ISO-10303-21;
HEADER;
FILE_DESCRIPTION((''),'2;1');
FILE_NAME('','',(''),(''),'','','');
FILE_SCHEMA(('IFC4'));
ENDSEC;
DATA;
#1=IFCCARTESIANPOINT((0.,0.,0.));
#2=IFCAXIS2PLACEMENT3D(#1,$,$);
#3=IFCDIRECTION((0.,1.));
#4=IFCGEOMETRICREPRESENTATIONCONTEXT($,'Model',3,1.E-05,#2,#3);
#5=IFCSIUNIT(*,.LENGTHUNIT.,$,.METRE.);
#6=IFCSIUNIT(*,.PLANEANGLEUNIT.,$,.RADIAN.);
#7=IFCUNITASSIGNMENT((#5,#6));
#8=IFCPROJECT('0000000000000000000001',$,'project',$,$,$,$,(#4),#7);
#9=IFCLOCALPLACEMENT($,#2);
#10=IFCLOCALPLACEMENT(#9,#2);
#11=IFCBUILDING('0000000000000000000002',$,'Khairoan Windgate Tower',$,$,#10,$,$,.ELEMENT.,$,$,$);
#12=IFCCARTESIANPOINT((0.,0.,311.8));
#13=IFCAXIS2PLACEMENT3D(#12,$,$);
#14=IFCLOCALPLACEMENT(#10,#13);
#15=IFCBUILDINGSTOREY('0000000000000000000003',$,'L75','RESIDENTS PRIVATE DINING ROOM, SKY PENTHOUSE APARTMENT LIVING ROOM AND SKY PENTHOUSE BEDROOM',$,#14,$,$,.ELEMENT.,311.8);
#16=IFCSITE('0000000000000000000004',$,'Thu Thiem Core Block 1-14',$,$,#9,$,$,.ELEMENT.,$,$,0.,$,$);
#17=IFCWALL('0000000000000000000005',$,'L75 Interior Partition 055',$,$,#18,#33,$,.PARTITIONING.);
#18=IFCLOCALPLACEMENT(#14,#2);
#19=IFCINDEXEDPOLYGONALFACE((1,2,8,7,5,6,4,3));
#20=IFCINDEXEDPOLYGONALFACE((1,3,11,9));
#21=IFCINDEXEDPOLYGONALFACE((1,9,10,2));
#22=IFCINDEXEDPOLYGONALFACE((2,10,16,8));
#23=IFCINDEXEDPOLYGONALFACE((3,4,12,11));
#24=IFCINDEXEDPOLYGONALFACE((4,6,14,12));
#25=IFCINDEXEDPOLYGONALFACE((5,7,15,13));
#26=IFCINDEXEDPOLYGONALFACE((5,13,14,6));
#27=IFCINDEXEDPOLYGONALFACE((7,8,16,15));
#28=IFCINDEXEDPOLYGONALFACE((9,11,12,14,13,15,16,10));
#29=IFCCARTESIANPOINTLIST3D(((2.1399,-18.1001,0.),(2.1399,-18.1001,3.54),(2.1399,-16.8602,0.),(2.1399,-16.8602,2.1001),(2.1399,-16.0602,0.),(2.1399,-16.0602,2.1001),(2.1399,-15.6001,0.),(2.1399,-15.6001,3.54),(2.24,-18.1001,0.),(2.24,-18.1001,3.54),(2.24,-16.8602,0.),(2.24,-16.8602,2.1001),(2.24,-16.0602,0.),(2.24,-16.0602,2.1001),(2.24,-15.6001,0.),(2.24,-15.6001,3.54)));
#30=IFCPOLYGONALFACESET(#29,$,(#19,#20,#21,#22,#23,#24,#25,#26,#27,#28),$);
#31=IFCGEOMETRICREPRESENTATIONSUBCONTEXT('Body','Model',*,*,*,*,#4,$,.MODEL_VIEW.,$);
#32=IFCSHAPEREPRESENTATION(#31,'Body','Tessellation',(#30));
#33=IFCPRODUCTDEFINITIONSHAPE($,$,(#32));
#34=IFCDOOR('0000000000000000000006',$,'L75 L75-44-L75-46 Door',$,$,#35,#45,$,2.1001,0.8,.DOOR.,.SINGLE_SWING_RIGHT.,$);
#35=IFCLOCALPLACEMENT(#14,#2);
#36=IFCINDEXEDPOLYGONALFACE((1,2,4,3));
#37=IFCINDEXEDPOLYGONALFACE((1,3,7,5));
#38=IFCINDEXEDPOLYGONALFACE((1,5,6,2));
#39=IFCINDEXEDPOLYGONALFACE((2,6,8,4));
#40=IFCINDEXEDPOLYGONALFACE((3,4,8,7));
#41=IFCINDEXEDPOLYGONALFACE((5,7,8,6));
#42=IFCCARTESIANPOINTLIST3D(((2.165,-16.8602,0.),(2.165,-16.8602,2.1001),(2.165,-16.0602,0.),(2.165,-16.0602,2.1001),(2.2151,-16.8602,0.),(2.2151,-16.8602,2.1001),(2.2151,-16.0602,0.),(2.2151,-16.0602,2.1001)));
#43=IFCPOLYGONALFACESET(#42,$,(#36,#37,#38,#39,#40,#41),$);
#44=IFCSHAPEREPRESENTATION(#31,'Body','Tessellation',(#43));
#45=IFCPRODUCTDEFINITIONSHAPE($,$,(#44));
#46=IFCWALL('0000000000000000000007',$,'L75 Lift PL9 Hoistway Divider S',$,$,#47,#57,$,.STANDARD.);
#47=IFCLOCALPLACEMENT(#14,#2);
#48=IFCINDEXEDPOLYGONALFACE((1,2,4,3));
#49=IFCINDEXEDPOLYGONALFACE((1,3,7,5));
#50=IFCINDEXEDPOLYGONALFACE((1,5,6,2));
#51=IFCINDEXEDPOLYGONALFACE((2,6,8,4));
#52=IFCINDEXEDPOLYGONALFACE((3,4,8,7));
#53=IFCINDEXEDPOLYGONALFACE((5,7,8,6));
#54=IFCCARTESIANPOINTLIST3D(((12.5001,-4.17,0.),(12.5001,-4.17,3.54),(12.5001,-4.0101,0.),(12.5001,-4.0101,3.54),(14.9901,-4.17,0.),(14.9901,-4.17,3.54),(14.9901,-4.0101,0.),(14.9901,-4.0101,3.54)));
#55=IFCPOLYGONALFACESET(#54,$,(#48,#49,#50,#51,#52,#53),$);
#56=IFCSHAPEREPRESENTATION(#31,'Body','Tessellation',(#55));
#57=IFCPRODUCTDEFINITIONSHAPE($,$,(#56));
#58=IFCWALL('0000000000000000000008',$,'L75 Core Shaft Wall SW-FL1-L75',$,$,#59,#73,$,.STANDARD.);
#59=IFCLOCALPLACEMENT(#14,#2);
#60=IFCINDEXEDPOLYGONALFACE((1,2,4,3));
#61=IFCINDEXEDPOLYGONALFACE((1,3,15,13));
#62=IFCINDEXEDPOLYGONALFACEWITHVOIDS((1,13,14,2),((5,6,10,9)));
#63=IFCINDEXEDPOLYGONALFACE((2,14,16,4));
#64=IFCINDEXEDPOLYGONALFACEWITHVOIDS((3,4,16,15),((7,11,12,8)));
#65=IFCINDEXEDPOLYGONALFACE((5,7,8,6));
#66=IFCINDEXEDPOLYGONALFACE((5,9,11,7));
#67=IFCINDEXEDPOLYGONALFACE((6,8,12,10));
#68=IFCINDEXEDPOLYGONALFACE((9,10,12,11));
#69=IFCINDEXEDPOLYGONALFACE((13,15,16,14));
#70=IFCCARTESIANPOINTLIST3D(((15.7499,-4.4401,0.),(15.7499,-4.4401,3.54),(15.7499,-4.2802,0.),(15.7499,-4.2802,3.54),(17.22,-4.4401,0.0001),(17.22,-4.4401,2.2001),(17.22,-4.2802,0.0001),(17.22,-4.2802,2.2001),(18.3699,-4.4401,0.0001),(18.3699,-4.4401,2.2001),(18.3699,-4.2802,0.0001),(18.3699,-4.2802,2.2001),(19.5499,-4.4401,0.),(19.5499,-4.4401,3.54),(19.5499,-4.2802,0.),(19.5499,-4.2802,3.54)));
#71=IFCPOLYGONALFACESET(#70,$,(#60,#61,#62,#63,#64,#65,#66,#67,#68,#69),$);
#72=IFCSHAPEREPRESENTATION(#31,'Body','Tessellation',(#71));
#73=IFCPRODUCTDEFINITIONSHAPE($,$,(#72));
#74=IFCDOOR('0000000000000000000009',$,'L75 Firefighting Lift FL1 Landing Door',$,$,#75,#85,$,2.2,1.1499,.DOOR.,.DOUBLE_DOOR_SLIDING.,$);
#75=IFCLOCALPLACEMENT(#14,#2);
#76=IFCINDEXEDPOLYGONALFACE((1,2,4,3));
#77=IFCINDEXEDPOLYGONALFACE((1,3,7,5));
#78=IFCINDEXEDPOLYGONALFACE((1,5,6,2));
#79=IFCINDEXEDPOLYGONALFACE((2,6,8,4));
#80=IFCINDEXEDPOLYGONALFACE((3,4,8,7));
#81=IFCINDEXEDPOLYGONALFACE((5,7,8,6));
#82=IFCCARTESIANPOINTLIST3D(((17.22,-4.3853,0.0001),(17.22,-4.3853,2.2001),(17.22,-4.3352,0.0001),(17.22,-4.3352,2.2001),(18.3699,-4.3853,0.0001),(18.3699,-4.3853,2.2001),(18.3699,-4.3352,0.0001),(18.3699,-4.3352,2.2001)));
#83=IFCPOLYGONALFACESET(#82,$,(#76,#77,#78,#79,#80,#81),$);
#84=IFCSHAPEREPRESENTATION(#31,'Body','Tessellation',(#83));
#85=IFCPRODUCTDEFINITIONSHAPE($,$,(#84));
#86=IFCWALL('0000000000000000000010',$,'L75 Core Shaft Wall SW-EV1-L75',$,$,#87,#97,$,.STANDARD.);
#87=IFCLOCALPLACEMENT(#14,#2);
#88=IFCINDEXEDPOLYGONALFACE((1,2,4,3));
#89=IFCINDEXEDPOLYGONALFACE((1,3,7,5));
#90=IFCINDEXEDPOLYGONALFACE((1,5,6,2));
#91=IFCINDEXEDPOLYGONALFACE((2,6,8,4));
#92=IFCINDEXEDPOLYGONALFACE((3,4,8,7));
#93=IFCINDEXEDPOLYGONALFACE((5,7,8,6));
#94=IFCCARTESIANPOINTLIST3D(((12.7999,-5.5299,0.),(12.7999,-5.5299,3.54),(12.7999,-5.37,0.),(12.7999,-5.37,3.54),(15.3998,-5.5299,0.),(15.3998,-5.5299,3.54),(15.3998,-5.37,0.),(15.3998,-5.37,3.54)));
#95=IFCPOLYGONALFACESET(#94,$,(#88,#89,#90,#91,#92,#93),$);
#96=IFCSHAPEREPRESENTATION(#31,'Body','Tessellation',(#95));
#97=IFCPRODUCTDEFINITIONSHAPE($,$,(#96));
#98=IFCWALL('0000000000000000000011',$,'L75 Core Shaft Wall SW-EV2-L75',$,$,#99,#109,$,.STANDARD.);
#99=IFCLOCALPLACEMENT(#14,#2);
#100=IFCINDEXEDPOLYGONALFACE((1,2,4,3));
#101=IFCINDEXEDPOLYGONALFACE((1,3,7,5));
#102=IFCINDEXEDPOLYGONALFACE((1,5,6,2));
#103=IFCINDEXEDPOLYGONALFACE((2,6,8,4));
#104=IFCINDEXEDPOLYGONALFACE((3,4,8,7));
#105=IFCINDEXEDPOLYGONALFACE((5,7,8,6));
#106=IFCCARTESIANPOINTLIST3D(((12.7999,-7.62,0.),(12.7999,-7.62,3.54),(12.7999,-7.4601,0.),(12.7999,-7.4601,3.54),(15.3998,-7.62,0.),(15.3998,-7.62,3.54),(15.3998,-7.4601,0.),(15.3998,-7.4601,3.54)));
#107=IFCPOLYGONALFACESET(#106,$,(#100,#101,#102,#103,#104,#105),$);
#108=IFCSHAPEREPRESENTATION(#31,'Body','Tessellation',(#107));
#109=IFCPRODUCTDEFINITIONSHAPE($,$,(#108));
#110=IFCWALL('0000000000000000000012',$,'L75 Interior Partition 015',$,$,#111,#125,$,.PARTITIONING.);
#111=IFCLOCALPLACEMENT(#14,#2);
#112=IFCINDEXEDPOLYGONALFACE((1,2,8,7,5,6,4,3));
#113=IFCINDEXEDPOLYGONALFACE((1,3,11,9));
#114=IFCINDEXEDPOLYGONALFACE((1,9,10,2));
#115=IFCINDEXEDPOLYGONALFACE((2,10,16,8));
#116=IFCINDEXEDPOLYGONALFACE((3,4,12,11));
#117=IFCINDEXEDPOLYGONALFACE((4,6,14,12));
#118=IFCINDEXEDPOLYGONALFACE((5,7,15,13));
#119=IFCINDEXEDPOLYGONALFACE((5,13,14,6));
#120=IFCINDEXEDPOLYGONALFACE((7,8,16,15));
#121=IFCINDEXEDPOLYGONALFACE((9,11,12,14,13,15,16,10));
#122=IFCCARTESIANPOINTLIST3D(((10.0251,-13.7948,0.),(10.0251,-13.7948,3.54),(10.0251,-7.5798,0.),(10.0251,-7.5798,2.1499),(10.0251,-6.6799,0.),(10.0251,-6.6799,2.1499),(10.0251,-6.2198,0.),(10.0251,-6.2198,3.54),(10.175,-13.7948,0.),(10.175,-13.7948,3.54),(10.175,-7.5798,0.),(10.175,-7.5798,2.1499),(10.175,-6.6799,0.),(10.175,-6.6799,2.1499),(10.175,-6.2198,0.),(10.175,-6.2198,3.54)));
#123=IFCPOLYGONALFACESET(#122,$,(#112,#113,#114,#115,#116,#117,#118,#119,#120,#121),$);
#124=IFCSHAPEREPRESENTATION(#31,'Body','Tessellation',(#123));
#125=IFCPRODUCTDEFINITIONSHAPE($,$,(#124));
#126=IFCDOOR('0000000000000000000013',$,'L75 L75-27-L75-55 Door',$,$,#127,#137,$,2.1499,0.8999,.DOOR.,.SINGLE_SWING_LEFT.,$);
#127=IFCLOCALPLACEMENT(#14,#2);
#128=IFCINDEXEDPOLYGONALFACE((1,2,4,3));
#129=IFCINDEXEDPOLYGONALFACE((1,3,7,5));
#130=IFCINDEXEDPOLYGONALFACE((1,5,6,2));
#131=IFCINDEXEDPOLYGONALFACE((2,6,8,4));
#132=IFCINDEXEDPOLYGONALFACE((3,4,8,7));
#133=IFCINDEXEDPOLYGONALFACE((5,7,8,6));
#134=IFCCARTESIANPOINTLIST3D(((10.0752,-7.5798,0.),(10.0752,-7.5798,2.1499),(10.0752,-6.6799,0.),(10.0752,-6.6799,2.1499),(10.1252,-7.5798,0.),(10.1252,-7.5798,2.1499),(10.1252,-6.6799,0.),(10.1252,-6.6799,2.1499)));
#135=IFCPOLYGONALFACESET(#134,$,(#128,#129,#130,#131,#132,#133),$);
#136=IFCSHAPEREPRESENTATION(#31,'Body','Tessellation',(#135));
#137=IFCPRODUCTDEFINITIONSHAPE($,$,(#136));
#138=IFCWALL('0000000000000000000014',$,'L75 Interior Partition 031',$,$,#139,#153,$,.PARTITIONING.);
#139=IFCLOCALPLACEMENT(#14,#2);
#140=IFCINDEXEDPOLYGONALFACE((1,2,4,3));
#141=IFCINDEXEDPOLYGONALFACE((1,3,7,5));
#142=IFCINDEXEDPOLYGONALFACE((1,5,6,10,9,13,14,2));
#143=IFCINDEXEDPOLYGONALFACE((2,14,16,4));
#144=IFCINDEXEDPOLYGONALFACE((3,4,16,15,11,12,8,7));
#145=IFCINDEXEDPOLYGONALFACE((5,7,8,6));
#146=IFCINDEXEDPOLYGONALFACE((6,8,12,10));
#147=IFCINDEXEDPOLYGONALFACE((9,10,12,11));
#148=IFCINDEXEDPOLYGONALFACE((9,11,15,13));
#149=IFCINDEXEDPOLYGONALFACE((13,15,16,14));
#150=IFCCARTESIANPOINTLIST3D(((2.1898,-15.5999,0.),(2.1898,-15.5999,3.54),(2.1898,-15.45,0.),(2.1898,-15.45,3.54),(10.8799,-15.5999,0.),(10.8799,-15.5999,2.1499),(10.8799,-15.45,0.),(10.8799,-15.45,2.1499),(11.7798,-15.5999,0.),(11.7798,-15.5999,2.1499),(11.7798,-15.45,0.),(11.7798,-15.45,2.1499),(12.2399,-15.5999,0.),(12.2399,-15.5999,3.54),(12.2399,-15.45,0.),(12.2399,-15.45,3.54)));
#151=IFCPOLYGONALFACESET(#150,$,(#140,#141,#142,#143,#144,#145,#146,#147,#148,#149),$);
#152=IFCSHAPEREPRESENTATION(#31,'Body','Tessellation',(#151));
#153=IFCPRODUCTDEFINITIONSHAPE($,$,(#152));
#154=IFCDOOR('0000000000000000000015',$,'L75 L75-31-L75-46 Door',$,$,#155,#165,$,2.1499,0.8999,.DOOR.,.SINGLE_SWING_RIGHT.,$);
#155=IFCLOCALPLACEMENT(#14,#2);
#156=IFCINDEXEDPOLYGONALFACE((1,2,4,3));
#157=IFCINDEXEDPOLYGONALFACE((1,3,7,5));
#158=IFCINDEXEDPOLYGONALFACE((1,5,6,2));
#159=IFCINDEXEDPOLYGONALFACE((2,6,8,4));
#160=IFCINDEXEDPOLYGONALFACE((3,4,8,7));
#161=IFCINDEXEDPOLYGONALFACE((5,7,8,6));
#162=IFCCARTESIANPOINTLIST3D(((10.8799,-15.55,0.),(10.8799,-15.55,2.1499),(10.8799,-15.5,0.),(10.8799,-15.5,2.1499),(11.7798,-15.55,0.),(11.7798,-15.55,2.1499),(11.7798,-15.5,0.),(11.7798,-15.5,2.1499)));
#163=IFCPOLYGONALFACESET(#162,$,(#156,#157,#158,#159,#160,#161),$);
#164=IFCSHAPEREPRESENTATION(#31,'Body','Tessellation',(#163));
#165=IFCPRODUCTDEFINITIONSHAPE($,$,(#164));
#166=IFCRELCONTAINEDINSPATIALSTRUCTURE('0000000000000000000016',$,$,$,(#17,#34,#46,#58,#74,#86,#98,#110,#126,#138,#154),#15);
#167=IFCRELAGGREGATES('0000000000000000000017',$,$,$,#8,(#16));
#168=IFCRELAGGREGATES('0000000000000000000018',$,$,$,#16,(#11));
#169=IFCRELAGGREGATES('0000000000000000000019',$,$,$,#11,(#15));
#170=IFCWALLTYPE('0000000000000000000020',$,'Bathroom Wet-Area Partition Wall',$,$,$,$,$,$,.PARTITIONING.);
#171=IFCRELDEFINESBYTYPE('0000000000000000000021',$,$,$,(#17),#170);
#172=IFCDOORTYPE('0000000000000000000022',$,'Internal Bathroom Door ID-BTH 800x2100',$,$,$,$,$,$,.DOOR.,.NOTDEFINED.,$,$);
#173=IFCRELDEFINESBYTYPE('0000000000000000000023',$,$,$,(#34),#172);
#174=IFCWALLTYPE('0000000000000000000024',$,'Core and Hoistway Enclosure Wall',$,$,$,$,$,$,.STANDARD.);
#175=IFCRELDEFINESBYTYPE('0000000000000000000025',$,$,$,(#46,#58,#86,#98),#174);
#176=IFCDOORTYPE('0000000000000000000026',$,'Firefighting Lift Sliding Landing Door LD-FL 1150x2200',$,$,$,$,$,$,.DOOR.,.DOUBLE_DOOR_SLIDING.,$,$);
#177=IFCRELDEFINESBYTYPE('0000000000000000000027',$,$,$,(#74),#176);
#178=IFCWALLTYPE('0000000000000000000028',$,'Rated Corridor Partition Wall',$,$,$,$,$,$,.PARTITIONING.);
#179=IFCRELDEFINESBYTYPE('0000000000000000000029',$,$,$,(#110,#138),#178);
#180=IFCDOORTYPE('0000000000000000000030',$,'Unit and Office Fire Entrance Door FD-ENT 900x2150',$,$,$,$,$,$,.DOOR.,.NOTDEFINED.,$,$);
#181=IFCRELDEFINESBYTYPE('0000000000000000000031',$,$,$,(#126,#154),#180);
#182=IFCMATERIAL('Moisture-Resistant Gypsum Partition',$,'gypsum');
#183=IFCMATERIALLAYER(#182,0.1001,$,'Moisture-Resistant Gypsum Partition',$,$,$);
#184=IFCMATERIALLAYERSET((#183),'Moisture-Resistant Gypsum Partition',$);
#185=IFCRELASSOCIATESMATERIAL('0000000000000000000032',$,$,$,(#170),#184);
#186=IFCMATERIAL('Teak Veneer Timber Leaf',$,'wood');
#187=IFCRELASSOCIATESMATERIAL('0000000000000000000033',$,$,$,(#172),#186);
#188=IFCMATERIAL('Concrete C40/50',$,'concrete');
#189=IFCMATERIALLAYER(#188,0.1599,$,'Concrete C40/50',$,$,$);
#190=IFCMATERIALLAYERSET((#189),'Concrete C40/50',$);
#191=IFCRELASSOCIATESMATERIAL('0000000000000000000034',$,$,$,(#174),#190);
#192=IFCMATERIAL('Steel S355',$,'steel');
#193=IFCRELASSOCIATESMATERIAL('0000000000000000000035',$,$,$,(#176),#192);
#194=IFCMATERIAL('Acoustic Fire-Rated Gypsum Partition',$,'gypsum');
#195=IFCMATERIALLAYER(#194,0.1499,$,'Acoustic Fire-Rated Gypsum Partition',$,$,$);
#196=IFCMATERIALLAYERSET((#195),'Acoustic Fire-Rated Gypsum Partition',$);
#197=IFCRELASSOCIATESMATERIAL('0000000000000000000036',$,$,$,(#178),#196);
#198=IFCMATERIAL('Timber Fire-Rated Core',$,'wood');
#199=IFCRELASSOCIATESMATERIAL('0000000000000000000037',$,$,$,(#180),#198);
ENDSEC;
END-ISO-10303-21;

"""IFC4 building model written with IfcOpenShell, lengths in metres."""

from ifc_helpers import new_model, si_unit, direction, frame, frame_2d, origin, place, context, subcontext, project, spatial, rectangle, extrude, material, layer, layer_set, type_object, element, fill, save


model = new_model("IFC4")

# Units and contexts
model_context = context("Model", 3, precision=1e-05, world=origin(), true_north=direction((0.0, 1.0)))
body_context = subcontext(model_context, "Body", "Model", "MODEL_VIEW")
ifc_project = project(units=[si_unit("LENGTHUNIT", "METRE"), si_unit("PLANEANGLEUNIT", "RADIAN")], contexts=[model_context])

# Site, building, storey
site_placement = place(None, origin())
site = spatial("IfcSite", under=ifc_project, at=site_placement, Name="Thu Thiem Core Block 1-14", CompositionType="ELEMENT", RefElevation=0.0)
building_placement = place(site_placement, origin())
building = spatial("IfcBuilding", under=site, at=building_placement, Name="Khairoan Windgate Tower", CompositionType="ELEMENT")
storey_placement = place(building_placement, frame((0.0, 0.0, 311.8)))
storey = spatial("IfcBuildingStorey", under=building, at=storey_placement, Name="L75", Description="RESIDENTS PRIVATE DINING ROOM, SKY PENTHOUSE APARTMENT LIVING ROOM AND SKY PENTHOUSE BEDROOM", CompositionType="ELEMENT", Elevation=311.8)

# Wall, opening, door
ifc_material_1 = material(Name="Moisture-Resistant Gypsum Partition", Category="gypsum")
ifc_layer_1 = layer(ifc_material_1, 0.1001, Name="Moisture-Resistant Gypsum Partition")
ifc_layer_set_1 = layer_set([ifc_layer_1], Name="Moisture-Resistant Gypsum Partition")
wall_type_1 = type_object("IfcWallType", Name="Bathroom Wet-Area Partition Wall", PredefinedType="PARTITIONING", material=ifc_layer_set_1)
wall_1_placement = place(storey_placement, frame((2.1899, -18.1001, 0.0), z_axis=(0.0, 0.0, 1.0), x_axis=(0.0, 1.0, 0.0)))
wall_1 = element("IfcWall", 1, at=wall_1_placement, inside=storey, type_object=wall_type_1, Name="L75 Interior Partition 055", PredefinedType="PARTITIONING", context=body_context, shape_type="SweptSolid", body=[
    extrude(rectangle(XDim=2.5, YDim=0.1001, at=frame_2d((1.25, 0.0))), origin(), (0.0, 0.0, 1.0), 3.54),
])
opening_1_placement = place(wall_1_placement, frame((1.24, 0.0, 0.0)))
opening_1 = element("IfcOpeningElement", 2, at=opening_1_placement, cuts=wall_1, PredefinedType="OPENING", context=body_context, shape_type="SweptSolid", body=[
    extrude(rectangle(XDim=0.8, YDim=2.1001, at=frame_2d((0.3999, 1.05))), frame((0.0, 0.0601, 0.0), z_axis=(0.0, -1.0, 0.0), x_axis=(1.0, 0.0, 0.0)), (0.0, 0.0, 1.0), 0.1201),
])
ifc_material_2 = material(Name="Teak Veneer Timber Leaf", Category="wood")
door_type_1 = type_object("IfcDoorType", Name="Internal Bathroom Door ID-BTH 800x2100", OperationType="NOTDEFINED", PredefinedType="DOOR", material=ifc_material_2)
door_1_placement = place(opening_1_placement, origin())
door_1 = element("IfcDoor", 3, at=door_1_placement, inside=storey, type_object=door_type_1, Name="L75 L75-44-L75-46 Door", OperationType="SINGLE_SWING_RIGHT", OverallHeight=2.1001, OverallWidth=0.8, PredefinedType="DOOR", context=body_context, shape_type="SweptSolid", body=[
    extrude(rectangle(XDim=0.8, YDim=2.1001, at=frame_2d((0.3999, 1.05))), frame((0.0, 0.0249, 0.0), z_axis=(0.0, -1.0, 0.0), x_axis=(1.0, 0.0, 0.0)), (0.0, 0.0, 1.0), 0.05),
])
fill(opening_1, door_1)

# Wall
ifc_material_3 = material(Name="Concrete C40/50", Category="concrete")
ifc_layer_2 = layer(ifc_material_3, 0.1599, Name="Concrete C40/50")
ifc_layer_set_2 = layer_set([ifc_layer_2], Name="Concrete C40/50")
wall_type_2 = type_object("IfcWallType", Name="Core and Hoistway Enclosure Wall", PredefinedType="STANDARD", material=ifc_layer_set_2)
wall_2_placement = place(storey_placement, frame((12.5, -4.0901, 0.0), z_axis=(0.0, 0.0, 1.0), x_axis=(1.0, 0.0, 0.0)))
element("IfcWall", 4, at=wall_2_placement, inside=storey, type_object=wall_type_2, Name="L75 Lift PL9 Hoistway Divider S", PredefinedType="STANDARD", context=body_context, shape_type="SweptSolid", body=[
    extrude(rectangle(XDim=2.49, YDim=0.1599, at=frame_2d((1.2451, 0.0))), origin(), (0.0, 0.0, 1.0), 3.54),
])

# Wall, opening, door
wall_3_placement = place(storey_placement, frame((15.75, -4.3601, 0.0), z_axis=(0.0, 0.0, 1.0), x_axis=(1.0, 0.0, 0.0)))
wall_3 = element("IfcWall", 5, at=wall_3_placement, inside=storey, type_object=wall_type_2, Name="L75 Core Shaft Wall SW-FL1-L75", PredefinedType="STANDARD", context=body_context, shape_type="SweptSolid", body=[
    extrude(rectangle(XDim=3.8, YDim=0.1599, at=frame_2d((1.8999, 0.0))), origin(), (0.0, 0.0, 1.0), 3.54),
])
opening_2_placement = place(wall_3_placement, frame((1.47, 0.0, 0.0)))
opening_2 = element("IfcOpeningElement", 6, at=opening_2_placement, cuts=wall_3, PredefinedType="OPENING", context=body_context, shape_type="SweptSolid", body=[
    extrude(rectangle(XDim=1.1499, YDim=2.2, at=frame_2d((0.575, 1.1001))), frame((0.0, 0.0898, 0.0), z_axis=(0.0, -1.0, 0.0), x_axis=(1.0, 0.0, 0.0)), (0.0, 0.0, 1.0), 0.1799),
])
ifc_material_4 = material(Name="Steel S355", Category="steel")
door_type_2 = type_object("IfcDoorType", Name="Firefighting Lift Sliding Landing Door LD-FL 1150x2200", OperationType="DOUBLE_DOOR_SLIDING", PredefinedType="DOOR", material=ifc_material_4)
door_2_placement = place(opening_2_placement, origin())
door_2 = element("IfcDoor", 7, at=door_2_placement, inside=storey, type_object=door_type_2, Name="L75 Firefighting Lift FL1 Landing Door", OperationType="DOUBLE_DOOR_SLIDING", OverallHeight=2.2, OverallWidth=1.1499, PredefinedType="DOOR", context=body_context, shape_type="SweptSolid", body=[
    extrude(rectangle(XDim=1.1499, YDim=2.2, at=frame_2d((0.575, 1.1001))), frame((0.0, 0.0249, 0.0), z_axis=(0.0, -1.0, 0.0), x_axis=(1.0, 0.0, 0.0)), (0.0, 0.0, 1.0), 0.05),
])
fill(opening_2, door_2)

# Walls
for number, where, z_axis, x_axis, name in (
    (8, (12.8, -5.45, 0.0), (0.0, 0.0, 1.0), (1.0, 0.0, 0.0), "L75 Core Shaft Wall SW-EV1-L75"),
    (9, (12.8, -7.54, 0.0), (0.0, 0.0, 1.0), (1.0, 0.0, 0.0), "L75 Core Shaft Wall SW-EV2-L75"),
):
    element("IfcWall", number, at=place(storey_placement, frame(where, z_axis=z_axis, x_axis=x_axis)), inside=storey, type_object=wall_type_2, Name=name, PredefinedType="STANDARD", context=body_context, shape_type="SweptSolid", body=[
        extrude(rectangle(XDim=2.5999, YDim=0.1599, at=frame_2d((1.2998, 0.0))), origin(), (0.0, 0.0, 1.0), 3.54),
    ])

# Walls, openings, doors
ifc_material_5 = material(Name="Acoustic Fire-Rated Gypsum Partition", Category="gypsum")
ifc_layer_3 = layer(ifc_material_5, 0.1499, Name="Acoustic Fire-Rated Gypsum Partition")
ifc_layer_set_3 = layer_set([ifc_layer_3], Name="Acoustic Fire-Rated Gypsum Partition")
wall_type_3 = type_object("IfcWallType", Name="Rated Corridor Partition Wall", PredefinedType="PARTITIONING", material=ifc_layer_set_3)
wall_4_placement = place(storey_placement, frame((10.1001, -13.7949, 0.0), z_axis=(0.0, 0.0, 1.0), x_axis=(0.0, 1.0, 0.0)))
wall_4 = element("IfcWall", 10, at=wall_4_placement, inside=storey, type_object=wall_type_3, Name="L75 Interior Partition 015", PredefinedType="PARTITIONING", context=body_context, shape_type="SweptSolid", body=[
    extrude(rectangle(XDim=7.575, YDim=0.1499, at=frame_2d((3.7876, 0.0))), origin(), (0.0, 0.0, 1.0), 3.54),
])
opening_3_placement = place(wall_4_placement, frame((6.2151, 0.0, 0.0)))
opening_3 = element("IfcOpeningElement", 11, at=opening_3_placement, cuts=wall_4, PredefinedType="OPENING", context=body_context, shape_type="SweptSolid", body=[
    extrude(rectangle(XDim=0.8999, YDim=2.1499, at=frame_2d((0.45, 1.075))), frame((0.0, 0.085, 0.0), z_axis=(0.0, -1.0, 0.0), x_axis=(1.0, 0.0, 0.0)), (0.0, 0.0, 1.0), 0.1699),
])
ifc_material_6 = material(Name="Timber Fire-Rated Core", Category="wood")
door_type_3 = type_object("IfcDoorType", Name="Unit and Office Fire Entrance Door FD-ENT 900x2150", OperationType="NOTDEFINED", PredefinedType="DOOR", material=ifc_material_6)
door_3_placement = place(opening_3_placement, origin())
door_3 = element("IfcDoor", 12, at=door_3_placement, inside=storey, type_object=door_type_3, Name="L75 L75-27-L75-55 Door", OperationType="SINGLE_SWING_LEFT", OverallHeight=2.1499, OverallWidth=0.8999, PredefinedType="DOOR", context=body_context, shape_type="SweptSolid", body=[
    extrude(rectangle(XDim=0.8999, YDim=2.1499, at=frame_2d((0.45, 1.075))), frame((0.0, 0.0249, 0.0), z_axis=(0.0, -1.0, 0.0), x_axis=(1.0, 0.0, 0.0)), (0.0, 0.0, 1.0), 0.05),
])
fill(opening_3, door_3)
wall_5_placement = place(storey_placement, frame((2.1899, -15.5249, 0.0), z_axis=(0.0, 0.0, 1.0), x_axis=(1.0, 0.0, 0.0)))
wall_5 = element("IfcWall", 13, at=wall_5_placement, inside=storey, type_object=wall_type_3, Name="L75 Interior Partition 031", PredefinedType="PARTITIONING", context=body_context, shape_type="SweptSolid", body=[
    extrude(rectangle(XDim=10.05, YDim=0.1499, at=frame_2d((5.0249, 0.0))), origin(), (0.0, 0.0, 1.0), 3.54),
])
opening_4_placement = place(wall_5_placement, frame((8.6899, 0.0, 0.0)))
opening_4 = element("IfcOpeningElement", 14, at=opening_4_placement, cuts=wall_5, PredefinedType="OPENING", context=body_context, shape_type="SweptSolid", body=[
    extrude(rectangle(XDim=0.8999, YDim=2.1499, at=frame_2d((0.45, 1.075))), frame((0.0, 0.085, 0.0), z_axis=(0.0, -1.0, 0.0), x_axis=(1.0, 0.0, 0.0)), (0.0, 0.0, 1.0), 0.1699),
])
door_4_placement = place(opening_4_placement, origin())
door_4 = element("IfcDoor", 15, at=door_4_placement, inside=storey, type_object=door_type_3, Name="L75 L75-31-L75-46 Door", OperationType="SINGLE_SWING_RIGHT", OverallHeight=2.1499, OverallWidth=0.8999, PredefinedType="DOOR", context=body_context, shape_type="SweptSolid", body=[
    extrude(rectangle(XDim=0.8999, YDim=2.1499, at=frame_2d((0.45, 1.075))), frame((0.0, 0.0249, 0.0), z_axis=(0.0, -1.0, 0.0), x_axis=(1.0, 0.0, 0.0)), (0.0, 0.0, 1.0), 0.05),
])
fill(opening_4, door_4)

save(model, "model.ifc")
